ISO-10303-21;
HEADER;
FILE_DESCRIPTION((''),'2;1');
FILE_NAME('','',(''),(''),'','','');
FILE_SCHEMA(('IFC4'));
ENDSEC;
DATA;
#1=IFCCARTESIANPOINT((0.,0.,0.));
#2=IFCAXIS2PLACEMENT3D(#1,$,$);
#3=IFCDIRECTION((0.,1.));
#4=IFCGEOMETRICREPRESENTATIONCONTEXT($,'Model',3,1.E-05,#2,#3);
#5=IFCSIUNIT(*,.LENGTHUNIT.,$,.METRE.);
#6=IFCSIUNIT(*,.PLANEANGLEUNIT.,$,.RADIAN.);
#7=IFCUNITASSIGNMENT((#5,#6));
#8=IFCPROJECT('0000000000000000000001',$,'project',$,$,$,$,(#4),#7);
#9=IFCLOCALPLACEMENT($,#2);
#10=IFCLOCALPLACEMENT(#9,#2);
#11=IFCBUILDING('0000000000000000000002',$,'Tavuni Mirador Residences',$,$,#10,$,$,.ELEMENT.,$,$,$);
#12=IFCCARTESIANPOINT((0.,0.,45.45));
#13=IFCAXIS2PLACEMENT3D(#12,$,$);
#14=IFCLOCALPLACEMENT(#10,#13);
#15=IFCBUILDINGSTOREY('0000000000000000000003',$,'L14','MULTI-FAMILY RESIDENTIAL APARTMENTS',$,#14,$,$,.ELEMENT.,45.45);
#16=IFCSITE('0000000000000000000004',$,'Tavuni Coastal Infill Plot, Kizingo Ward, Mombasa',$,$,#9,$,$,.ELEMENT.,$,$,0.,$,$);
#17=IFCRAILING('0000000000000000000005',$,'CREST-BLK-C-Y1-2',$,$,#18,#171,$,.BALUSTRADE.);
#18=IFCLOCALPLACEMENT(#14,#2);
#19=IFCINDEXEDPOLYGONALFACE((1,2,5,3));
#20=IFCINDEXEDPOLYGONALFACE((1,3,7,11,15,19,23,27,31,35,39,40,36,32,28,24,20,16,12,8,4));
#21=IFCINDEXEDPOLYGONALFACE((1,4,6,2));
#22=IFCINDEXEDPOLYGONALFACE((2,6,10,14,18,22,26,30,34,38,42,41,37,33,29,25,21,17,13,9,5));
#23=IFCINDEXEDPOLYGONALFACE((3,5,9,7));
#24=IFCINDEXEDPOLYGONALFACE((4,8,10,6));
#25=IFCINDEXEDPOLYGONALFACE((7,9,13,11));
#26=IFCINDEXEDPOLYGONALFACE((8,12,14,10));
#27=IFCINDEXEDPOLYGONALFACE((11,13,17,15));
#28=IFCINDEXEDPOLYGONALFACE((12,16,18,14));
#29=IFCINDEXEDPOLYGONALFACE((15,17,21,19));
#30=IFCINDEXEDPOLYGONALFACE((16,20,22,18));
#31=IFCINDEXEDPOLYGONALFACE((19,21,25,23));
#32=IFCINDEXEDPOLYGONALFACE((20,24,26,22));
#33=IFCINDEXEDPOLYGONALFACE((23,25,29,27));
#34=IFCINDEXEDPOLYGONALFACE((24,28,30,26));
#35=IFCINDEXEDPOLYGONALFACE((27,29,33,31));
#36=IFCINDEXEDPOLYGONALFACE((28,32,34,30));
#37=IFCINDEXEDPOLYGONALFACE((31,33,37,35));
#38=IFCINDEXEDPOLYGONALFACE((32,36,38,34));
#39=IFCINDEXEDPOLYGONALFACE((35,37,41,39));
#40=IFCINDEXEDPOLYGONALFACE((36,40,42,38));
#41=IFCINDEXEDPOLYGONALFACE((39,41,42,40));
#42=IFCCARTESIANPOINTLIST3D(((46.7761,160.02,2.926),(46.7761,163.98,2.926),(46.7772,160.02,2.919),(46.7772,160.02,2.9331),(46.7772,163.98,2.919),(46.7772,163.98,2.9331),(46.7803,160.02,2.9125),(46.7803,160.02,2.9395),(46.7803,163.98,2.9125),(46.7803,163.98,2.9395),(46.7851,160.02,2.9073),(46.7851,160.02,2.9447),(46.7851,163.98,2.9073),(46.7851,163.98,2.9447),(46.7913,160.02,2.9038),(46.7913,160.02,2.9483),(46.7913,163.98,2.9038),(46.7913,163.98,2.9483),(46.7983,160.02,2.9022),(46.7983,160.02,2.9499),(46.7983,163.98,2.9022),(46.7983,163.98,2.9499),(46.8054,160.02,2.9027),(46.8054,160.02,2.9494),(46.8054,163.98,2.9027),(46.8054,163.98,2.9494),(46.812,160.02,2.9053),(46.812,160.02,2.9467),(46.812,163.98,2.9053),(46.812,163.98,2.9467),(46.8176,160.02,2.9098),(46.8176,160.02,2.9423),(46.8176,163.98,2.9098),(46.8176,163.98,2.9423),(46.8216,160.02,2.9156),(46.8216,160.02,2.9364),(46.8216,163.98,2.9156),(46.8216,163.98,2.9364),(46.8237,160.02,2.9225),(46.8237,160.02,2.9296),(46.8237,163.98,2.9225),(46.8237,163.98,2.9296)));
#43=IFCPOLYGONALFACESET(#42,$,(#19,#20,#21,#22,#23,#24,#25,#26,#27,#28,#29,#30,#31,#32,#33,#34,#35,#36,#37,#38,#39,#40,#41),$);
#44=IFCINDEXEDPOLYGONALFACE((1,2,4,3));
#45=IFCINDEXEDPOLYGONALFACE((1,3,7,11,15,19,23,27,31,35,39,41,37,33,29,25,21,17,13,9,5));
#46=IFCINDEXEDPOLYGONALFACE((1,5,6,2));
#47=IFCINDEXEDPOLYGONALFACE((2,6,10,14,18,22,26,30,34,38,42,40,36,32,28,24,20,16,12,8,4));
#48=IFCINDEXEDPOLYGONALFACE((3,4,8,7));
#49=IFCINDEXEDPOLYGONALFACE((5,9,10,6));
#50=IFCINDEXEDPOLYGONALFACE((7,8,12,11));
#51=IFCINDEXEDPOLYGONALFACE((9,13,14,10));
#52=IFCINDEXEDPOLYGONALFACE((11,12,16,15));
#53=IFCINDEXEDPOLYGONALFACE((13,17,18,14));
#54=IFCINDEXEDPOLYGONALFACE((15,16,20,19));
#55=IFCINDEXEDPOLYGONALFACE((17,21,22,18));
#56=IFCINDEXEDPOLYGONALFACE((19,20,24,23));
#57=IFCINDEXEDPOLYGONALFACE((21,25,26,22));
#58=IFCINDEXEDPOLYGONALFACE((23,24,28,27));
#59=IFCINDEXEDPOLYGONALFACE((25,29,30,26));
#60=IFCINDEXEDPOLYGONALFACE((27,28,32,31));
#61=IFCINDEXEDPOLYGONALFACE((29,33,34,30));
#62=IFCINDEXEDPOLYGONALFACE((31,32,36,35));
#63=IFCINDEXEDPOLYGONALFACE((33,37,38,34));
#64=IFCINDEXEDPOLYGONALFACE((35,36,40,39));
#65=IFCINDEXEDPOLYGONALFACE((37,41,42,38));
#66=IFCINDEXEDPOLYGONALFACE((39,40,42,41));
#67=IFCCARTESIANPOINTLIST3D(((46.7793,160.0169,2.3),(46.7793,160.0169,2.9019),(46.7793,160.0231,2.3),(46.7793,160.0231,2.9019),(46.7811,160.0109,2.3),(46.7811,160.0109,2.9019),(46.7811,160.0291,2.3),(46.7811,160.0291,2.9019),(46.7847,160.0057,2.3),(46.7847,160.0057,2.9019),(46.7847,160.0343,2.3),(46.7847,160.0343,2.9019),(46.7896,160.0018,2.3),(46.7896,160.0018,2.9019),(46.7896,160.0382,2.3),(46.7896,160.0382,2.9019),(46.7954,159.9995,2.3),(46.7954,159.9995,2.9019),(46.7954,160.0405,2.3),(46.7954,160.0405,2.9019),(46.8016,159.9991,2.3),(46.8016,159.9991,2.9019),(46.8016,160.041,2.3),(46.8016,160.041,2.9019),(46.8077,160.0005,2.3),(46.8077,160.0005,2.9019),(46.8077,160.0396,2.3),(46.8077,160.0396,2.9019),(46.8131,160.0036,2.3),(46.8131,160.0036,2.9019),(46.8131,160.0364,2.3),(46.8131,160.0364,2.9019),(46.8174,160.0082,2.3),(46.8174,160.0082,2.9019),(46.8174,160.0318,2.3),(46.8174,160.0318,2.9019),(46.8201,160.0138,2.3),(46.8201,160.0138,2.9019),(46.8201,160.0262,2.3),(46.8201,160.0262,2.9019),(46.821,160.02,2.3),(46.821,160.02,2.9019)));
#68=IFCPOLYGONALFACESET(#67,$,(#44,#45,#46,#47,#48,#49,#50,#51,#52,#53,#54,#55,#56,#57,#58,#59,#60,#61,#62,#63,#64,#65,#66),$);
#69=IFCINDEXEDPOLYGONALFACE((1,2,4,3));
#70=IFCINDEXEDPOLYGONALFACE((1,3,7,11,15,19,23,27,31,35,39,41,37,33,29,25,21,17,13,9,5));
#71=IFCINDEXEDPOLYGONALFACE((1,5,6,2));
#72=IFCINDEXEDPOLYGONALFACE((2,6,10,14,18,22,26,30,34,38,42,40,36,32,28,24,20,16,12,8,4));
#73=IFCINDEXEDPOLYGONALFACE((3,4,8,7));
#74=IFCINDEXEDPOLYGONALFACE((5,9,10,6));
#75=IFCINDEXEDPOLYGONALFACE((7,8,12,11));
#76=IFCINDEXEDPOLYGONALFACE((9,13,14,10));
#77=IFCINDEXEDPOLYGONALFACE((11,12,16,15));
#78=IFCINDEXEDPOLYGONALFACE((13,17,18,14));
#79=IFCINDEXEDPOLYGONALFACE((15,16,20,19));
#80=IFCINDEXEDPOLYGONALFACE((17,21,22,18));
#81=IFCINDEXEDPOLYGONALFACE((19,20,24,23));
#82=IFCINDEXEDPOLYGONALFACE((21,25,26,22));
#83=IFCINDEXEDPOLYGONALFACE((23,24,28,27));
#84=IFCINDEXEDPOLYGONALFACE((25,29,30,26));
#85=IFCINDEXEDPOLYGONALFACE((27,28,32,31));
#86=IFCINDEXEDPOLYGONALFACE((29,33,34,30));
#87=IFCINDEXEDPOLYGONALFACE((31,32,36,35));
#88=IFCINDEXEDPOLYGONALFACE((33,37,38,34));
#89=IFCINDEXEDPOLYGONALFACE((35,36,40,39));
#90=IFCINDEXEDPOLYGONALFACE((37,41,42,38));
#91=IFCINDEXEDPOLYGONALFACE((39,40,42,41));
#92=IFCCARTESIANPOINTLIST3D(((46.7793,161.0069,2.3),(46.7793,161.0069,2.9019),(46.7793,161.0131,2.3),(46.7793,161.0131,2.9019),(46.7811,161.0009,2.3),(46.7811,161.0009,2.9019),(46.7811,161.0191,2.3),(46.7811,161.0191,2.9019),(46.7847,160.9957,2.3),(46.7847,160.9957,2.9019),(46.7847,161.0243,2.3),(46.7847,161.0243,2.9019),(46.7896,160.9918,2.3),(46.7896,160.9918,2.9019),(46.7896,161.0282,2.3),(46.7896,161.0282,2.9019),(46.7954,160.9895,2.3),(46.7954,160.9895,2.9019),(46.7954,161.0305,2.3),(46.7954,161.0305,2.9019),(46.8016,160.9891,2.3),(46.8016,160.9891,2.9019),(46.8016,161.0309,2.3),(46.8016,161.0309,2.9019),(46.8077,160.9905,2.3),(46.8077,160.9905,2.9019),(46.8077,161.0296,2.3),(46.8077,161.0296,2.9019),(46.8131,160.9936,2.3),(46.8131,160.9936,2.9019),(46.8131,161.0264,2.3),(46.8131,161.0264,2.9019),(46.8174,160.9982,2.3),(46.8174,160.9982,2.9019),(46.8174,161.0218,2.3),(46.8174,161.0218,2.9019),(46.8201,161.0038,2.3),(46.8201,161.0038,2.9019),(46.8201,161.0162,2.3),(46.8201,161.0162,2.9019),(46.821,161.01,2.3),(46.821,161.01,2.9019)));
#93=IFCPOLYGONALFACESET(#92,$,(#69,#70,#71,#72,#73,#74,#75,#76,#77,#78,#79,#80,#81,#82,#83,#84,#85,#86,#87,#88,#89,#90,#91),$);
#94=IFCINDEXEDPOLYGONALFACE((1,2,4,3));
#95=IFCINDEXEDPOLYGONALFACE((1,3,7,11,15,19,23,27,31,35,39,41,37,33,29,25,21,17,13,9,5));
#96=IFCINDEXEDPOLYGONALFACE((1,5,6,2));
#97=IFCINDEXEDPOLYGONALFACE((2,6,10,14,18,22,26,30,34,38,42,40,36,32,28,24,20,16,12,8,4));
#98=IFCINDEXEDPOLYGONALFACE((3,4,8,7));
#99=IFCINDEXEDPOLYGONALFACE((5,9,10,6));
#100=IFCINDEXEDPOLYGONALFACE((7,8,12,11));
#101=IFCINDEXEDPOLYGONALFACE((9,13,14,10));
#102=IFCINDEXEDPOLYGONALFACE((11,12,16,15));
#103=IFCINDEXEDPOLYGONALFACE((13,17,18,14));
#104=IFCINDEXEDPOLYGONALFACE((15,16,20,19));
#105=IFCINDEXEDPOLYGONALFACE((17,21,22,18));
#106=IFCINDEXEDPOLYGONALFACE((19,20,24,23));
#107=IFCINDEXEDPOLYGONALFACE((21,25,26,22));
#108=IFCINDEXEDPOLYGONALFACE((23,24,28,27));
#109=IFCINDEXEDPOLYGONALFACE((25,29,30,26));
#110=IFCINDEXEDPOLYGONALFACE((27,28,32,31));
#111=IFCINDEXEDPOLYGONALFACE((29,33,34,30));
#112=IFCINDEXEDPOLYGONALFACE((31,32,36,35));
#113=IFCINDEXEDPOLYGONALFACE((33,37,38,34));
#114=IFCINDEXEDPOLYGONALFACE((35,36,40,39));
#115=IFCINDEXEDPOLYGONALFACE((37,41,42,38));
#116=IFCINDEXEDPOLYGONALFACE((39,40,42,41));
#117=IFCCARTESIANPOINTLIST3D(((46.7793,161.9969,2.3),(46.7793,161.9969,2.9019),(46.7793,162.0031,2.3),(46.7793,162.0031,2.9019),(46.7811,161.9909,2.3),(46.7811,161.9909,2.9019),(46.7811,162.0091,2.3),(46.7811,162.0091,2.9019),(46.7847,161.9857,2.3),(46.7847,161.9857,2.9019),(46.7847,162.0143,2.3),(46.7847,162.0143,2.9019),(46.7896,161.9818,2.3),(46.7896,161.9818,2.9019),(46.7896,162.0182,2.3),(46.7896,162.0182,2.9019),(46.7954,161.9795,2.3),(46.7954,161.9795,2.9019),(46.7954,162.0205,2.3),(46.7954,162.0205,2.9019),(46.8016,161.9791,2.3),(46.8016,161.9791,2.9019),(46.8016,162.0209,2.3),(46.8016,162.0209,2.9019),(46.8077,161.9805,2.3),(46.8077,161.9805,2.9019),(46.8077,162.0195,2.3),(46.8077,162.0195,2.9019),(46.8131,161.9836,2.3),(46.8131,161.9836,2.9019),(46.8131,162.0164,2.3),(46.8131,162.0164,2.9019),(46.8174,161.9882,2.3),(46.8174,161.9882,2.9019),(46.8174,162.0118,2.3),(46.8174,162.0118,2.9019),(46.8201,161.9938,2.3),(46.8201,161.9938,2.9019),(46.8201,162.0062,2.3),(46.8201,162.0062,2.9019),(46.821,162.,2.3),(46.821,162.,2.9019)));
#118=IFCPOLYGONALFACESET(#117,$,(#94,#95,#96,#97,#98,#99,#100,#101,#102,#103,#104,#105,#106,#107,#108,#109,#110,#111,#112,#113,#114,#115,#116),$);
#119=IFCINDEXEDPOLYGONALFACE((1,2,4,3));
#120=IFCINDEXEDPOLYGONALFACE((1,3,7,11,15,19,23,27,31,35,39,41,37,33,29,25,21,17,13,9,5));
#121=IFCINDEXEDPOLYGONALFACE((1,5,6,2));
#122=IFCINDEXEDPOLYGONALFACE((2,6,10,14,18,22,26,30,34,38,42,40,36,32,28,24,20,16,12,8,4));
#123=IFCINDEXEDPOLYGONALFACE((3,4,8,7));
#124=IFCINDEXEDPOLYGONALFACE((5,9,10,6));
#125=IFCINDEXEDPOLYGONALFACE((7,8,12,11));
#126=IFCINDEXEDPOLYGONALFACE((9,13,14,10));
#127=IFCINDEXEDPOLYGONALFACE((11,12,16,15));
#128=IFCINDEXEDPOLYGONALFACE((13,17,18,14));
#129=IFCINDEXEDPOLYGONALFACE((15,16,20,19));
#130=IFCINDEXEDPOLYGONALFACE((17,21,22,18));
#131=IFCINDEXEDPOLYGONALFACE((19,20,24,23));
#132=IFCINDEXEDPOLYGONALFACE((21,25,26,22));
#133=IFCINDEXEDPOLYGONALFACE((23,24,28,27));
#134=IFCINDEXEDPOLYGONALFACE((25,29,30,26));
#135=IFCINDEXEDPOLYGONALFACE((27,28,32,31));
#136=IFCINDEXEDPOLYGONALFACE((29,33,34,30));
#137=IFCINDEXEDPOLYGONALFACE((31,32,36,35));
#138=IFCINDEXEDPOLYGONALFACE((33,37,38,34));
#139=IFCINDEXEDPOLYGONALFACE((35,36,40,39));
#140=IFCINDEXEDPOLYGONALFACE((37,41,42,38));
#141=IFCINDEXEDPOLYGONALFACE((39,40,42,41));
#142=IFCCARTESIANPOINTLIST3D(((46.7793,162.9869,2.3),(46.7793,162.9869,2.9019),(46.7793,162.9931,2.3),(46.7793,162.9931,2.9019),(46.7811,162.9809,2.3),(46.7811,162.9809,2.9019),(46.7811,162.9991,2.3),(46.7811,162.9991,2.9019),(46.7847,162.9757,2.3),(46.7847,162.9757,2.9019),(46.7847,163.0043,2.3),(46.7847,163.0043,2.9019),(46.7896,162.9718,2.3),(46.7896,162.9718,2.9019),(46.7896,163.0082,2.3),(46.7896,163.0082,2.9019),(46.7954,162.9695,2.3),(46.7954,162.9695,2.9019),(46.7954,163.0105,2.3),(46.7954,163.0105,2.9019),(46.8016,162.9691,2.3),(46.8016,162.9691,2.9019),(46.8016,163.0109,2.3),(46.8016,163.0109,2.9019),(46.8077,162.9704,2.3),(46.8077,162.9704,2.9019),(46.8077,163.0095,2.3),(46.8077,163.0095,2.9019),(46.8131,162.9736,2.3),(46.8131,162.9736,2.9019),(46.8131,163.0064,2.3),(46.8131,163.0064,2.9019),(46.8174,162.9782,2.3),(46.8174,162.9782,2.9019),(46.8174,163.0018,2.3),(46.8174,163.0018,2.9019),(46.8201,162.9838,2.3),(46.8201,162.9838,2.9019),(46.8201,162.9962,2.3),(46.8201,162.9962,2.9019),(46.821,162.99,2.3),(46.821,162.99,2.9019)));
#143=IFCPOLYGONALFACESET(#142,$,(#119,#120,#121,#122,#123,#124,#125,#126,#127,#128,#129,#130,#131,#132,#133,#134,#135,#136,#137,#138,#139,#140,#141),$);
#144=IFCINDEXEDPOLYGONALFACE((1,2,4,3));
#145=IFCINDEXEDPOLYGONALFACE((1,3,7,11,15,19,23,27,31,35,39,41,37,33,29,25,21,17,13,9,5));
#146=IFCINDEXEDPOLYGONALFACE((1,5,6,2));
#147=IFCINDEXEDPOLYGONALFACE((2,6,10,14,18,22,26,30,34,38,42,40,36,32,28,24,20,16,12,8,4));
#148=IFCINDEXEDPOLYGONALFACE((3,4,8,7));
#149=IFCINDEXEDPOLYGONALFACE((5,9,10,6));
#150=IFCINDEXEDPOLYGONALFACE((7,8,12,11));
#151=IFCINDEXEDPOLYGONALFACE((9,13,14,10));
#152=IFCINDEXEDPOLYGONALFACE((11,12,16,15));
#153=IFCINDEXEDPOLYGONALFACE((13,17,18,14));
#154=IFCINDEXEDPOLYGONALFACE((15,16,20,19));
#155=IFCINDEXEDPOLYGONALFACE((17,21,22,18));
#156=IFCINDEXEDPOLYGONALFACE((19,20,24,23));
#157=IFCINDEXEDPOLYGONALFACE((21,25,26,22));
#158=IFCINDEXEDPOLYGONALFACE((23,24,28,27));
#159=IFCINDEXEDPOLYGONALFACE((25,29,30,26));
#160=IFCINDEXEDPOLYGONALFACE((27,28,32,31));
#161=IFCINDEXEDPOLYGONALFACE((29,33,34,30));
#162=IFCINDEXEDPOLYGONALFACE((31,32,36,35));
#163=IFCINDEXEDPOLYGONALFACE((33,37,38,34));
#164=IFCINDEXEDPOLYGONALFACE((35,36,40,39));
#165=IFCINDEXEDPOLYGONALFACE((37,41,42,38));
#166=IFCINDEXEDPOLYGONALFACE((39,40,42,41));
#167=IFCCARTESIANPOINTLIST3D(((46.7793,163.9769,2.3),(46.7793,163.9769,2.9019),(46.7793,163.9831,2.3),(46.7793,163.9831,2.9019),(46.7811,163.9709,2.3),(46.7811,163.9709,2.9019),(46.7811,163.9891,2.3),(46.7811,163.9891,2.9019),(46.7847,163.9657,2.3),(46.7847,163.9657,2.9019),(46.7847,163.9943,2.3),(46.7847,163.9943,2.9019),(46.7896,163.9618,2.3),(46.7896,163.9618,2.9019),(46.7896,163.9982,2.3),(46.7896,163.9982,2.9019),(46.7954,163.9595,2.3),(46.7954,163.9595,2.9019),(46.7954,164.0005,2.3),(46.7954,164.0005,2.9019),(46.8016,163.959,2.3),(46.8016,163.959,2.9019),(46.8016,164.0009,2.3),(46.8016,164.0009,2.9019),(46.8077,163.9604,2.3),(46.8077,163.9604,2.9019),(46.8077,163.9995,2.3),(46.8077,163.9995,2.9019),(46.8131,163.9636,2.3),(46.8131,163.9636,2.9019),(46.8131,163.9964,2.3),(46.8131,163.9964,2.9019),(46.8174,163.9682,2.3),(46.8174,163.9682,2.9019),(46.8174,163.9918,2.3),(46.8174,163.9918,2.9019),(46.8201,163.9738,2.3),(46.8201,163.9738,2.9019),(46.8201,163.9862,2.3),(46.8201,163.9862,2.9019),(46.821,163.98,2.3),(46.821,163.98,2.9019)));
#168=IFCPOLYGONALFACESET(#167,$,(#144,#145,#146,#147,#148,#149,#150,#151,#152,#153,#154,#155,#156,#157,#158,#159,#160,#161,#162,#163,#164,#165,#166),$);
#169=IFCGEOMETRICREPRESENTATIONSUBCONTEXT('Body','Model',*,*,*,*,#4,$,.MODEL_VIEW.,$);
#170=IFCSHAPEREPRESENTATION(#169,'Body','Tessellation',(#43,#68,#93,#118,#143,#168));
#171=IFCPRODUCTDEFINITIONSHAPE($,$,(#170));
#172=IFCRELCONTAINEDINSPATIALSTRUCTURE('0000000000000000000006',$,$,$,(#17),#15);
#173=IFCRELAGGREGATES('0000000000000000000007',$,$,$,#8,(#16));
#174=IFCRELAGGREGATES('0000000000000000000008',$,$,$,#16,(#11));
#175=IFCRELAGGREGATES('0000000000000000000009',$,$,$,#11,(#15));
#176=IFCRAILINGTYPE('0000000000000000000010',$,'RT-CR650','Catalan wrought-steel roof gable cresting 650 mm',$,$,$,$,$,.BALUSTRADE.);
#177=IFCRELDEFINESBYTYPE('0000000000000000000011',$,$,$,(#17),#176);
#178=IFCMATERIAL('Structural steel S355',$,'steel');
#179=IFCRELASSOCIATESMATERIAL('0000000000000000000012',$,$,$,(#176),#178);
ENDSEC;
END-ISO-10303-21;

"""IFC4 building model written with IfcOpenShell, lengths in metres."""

from ifc_helpers import new_model, si_unit, direction, frame, origin, origin_2d, place, context, subcontext, project, spatial, circle, extrude, material, type_object, element, save


model = new_model("IFC4")

# Units and contexts
model_context = context("Model", 3, precision=1e-05, world=origin(), true_north=direction((0.0, 1.0)))
body_context = subcontext(model_context, "Body", "Model", "MODEL_VIEW")
ifc_project = project(units=[si_unit("LENGTHUNIT", "METRE"), si_unit("PLANEANGLEUNIT", "RADIAN")], contexts=[model_context])

# Site, building, storey
site_placement = place(None, origin())
site = spatial("IfcSite", under=ifc_project, at=site_placement, Name="Tavuni Coastal Infill Plot, Kizingo Ward, Mombasa", CompositionType="ELEMENT", RefElevation=0.0)
building_placement = place(site_placement, origin())
building = spatial("IfcBuilding", under=site, at=building_placement, Name="Tavuni Mirador Residences", CompositionType="ELEMENT")
storey_placement = place(building_placement, frame((0.0, 0.0, 45.45)))
storey = spatial("IfcBuildingStorey", under=building, at=storey_placement, Name="L14", Description="MULTI-FAMILY RESIDENTIAL APARTMENTS", CompositionType="ELEMENT", Elevation=45.45)

# Shared definitions
ifc_material_1 = material(Name="Structural steel S355", Category="steel")

# Railing
railing_type = type_object("IfcRailingType", Name="RT-CR650", Description="Catalan wrought-steel roof gable cresting 650 mm", PredefinedType="BALUSTRADE", material=ifc_material_1)
for number, where, name in (
    (1, (46.8, 160.02, 2.3), "CREST-BLK-C-Y1-2"),
):
    element("IfcRailing", number, at=place(storey_placement, frame(where)), inside=storey, type_object=railing_type, Name=name, PredefinedType="BALUSTRADE", context=body_context, shape_type="SweptSolid", body=[
        extrude(circle(Radius=0.0239, at=origin_2d()), frame((0.0, 0.0, 0.626), z_axis=(0.0, 1.0, 0.0), x_axis=(-1.0, 0.0, 0.0)), (0.0, 0.0, 1.0), 3.96),
        extrude(circle(Radius=0.021, at=origin_2d()), origin(), (0.0, 0.0, 1.0), 0.6018),
        extrude(circle(Radius=0.021, at=origin_2d()), frame((0.0, 0.99, 0.0)), (0.0, 0.0, 1.0), 0.6018),
        extrude(circle(Radius=0.021, at=origin_2d()), frame((0.0, 1.98, 0.0)), (0.0, 0.0, 1.0), 0.6018),
        extrude(circle(Radius=0.021, at=origin_2d()), frame((0.0, 2.97, 0.0)), (0.0, 0.0, 1.0), 0.6018),
        extrude(circle(Radius=0.021, at=origin_2d()), frame((0.0, 3.96, 0.0)), (0.0, 0.0, 1.0), 0.6018),
    ])

save(model, "model.ifc")
